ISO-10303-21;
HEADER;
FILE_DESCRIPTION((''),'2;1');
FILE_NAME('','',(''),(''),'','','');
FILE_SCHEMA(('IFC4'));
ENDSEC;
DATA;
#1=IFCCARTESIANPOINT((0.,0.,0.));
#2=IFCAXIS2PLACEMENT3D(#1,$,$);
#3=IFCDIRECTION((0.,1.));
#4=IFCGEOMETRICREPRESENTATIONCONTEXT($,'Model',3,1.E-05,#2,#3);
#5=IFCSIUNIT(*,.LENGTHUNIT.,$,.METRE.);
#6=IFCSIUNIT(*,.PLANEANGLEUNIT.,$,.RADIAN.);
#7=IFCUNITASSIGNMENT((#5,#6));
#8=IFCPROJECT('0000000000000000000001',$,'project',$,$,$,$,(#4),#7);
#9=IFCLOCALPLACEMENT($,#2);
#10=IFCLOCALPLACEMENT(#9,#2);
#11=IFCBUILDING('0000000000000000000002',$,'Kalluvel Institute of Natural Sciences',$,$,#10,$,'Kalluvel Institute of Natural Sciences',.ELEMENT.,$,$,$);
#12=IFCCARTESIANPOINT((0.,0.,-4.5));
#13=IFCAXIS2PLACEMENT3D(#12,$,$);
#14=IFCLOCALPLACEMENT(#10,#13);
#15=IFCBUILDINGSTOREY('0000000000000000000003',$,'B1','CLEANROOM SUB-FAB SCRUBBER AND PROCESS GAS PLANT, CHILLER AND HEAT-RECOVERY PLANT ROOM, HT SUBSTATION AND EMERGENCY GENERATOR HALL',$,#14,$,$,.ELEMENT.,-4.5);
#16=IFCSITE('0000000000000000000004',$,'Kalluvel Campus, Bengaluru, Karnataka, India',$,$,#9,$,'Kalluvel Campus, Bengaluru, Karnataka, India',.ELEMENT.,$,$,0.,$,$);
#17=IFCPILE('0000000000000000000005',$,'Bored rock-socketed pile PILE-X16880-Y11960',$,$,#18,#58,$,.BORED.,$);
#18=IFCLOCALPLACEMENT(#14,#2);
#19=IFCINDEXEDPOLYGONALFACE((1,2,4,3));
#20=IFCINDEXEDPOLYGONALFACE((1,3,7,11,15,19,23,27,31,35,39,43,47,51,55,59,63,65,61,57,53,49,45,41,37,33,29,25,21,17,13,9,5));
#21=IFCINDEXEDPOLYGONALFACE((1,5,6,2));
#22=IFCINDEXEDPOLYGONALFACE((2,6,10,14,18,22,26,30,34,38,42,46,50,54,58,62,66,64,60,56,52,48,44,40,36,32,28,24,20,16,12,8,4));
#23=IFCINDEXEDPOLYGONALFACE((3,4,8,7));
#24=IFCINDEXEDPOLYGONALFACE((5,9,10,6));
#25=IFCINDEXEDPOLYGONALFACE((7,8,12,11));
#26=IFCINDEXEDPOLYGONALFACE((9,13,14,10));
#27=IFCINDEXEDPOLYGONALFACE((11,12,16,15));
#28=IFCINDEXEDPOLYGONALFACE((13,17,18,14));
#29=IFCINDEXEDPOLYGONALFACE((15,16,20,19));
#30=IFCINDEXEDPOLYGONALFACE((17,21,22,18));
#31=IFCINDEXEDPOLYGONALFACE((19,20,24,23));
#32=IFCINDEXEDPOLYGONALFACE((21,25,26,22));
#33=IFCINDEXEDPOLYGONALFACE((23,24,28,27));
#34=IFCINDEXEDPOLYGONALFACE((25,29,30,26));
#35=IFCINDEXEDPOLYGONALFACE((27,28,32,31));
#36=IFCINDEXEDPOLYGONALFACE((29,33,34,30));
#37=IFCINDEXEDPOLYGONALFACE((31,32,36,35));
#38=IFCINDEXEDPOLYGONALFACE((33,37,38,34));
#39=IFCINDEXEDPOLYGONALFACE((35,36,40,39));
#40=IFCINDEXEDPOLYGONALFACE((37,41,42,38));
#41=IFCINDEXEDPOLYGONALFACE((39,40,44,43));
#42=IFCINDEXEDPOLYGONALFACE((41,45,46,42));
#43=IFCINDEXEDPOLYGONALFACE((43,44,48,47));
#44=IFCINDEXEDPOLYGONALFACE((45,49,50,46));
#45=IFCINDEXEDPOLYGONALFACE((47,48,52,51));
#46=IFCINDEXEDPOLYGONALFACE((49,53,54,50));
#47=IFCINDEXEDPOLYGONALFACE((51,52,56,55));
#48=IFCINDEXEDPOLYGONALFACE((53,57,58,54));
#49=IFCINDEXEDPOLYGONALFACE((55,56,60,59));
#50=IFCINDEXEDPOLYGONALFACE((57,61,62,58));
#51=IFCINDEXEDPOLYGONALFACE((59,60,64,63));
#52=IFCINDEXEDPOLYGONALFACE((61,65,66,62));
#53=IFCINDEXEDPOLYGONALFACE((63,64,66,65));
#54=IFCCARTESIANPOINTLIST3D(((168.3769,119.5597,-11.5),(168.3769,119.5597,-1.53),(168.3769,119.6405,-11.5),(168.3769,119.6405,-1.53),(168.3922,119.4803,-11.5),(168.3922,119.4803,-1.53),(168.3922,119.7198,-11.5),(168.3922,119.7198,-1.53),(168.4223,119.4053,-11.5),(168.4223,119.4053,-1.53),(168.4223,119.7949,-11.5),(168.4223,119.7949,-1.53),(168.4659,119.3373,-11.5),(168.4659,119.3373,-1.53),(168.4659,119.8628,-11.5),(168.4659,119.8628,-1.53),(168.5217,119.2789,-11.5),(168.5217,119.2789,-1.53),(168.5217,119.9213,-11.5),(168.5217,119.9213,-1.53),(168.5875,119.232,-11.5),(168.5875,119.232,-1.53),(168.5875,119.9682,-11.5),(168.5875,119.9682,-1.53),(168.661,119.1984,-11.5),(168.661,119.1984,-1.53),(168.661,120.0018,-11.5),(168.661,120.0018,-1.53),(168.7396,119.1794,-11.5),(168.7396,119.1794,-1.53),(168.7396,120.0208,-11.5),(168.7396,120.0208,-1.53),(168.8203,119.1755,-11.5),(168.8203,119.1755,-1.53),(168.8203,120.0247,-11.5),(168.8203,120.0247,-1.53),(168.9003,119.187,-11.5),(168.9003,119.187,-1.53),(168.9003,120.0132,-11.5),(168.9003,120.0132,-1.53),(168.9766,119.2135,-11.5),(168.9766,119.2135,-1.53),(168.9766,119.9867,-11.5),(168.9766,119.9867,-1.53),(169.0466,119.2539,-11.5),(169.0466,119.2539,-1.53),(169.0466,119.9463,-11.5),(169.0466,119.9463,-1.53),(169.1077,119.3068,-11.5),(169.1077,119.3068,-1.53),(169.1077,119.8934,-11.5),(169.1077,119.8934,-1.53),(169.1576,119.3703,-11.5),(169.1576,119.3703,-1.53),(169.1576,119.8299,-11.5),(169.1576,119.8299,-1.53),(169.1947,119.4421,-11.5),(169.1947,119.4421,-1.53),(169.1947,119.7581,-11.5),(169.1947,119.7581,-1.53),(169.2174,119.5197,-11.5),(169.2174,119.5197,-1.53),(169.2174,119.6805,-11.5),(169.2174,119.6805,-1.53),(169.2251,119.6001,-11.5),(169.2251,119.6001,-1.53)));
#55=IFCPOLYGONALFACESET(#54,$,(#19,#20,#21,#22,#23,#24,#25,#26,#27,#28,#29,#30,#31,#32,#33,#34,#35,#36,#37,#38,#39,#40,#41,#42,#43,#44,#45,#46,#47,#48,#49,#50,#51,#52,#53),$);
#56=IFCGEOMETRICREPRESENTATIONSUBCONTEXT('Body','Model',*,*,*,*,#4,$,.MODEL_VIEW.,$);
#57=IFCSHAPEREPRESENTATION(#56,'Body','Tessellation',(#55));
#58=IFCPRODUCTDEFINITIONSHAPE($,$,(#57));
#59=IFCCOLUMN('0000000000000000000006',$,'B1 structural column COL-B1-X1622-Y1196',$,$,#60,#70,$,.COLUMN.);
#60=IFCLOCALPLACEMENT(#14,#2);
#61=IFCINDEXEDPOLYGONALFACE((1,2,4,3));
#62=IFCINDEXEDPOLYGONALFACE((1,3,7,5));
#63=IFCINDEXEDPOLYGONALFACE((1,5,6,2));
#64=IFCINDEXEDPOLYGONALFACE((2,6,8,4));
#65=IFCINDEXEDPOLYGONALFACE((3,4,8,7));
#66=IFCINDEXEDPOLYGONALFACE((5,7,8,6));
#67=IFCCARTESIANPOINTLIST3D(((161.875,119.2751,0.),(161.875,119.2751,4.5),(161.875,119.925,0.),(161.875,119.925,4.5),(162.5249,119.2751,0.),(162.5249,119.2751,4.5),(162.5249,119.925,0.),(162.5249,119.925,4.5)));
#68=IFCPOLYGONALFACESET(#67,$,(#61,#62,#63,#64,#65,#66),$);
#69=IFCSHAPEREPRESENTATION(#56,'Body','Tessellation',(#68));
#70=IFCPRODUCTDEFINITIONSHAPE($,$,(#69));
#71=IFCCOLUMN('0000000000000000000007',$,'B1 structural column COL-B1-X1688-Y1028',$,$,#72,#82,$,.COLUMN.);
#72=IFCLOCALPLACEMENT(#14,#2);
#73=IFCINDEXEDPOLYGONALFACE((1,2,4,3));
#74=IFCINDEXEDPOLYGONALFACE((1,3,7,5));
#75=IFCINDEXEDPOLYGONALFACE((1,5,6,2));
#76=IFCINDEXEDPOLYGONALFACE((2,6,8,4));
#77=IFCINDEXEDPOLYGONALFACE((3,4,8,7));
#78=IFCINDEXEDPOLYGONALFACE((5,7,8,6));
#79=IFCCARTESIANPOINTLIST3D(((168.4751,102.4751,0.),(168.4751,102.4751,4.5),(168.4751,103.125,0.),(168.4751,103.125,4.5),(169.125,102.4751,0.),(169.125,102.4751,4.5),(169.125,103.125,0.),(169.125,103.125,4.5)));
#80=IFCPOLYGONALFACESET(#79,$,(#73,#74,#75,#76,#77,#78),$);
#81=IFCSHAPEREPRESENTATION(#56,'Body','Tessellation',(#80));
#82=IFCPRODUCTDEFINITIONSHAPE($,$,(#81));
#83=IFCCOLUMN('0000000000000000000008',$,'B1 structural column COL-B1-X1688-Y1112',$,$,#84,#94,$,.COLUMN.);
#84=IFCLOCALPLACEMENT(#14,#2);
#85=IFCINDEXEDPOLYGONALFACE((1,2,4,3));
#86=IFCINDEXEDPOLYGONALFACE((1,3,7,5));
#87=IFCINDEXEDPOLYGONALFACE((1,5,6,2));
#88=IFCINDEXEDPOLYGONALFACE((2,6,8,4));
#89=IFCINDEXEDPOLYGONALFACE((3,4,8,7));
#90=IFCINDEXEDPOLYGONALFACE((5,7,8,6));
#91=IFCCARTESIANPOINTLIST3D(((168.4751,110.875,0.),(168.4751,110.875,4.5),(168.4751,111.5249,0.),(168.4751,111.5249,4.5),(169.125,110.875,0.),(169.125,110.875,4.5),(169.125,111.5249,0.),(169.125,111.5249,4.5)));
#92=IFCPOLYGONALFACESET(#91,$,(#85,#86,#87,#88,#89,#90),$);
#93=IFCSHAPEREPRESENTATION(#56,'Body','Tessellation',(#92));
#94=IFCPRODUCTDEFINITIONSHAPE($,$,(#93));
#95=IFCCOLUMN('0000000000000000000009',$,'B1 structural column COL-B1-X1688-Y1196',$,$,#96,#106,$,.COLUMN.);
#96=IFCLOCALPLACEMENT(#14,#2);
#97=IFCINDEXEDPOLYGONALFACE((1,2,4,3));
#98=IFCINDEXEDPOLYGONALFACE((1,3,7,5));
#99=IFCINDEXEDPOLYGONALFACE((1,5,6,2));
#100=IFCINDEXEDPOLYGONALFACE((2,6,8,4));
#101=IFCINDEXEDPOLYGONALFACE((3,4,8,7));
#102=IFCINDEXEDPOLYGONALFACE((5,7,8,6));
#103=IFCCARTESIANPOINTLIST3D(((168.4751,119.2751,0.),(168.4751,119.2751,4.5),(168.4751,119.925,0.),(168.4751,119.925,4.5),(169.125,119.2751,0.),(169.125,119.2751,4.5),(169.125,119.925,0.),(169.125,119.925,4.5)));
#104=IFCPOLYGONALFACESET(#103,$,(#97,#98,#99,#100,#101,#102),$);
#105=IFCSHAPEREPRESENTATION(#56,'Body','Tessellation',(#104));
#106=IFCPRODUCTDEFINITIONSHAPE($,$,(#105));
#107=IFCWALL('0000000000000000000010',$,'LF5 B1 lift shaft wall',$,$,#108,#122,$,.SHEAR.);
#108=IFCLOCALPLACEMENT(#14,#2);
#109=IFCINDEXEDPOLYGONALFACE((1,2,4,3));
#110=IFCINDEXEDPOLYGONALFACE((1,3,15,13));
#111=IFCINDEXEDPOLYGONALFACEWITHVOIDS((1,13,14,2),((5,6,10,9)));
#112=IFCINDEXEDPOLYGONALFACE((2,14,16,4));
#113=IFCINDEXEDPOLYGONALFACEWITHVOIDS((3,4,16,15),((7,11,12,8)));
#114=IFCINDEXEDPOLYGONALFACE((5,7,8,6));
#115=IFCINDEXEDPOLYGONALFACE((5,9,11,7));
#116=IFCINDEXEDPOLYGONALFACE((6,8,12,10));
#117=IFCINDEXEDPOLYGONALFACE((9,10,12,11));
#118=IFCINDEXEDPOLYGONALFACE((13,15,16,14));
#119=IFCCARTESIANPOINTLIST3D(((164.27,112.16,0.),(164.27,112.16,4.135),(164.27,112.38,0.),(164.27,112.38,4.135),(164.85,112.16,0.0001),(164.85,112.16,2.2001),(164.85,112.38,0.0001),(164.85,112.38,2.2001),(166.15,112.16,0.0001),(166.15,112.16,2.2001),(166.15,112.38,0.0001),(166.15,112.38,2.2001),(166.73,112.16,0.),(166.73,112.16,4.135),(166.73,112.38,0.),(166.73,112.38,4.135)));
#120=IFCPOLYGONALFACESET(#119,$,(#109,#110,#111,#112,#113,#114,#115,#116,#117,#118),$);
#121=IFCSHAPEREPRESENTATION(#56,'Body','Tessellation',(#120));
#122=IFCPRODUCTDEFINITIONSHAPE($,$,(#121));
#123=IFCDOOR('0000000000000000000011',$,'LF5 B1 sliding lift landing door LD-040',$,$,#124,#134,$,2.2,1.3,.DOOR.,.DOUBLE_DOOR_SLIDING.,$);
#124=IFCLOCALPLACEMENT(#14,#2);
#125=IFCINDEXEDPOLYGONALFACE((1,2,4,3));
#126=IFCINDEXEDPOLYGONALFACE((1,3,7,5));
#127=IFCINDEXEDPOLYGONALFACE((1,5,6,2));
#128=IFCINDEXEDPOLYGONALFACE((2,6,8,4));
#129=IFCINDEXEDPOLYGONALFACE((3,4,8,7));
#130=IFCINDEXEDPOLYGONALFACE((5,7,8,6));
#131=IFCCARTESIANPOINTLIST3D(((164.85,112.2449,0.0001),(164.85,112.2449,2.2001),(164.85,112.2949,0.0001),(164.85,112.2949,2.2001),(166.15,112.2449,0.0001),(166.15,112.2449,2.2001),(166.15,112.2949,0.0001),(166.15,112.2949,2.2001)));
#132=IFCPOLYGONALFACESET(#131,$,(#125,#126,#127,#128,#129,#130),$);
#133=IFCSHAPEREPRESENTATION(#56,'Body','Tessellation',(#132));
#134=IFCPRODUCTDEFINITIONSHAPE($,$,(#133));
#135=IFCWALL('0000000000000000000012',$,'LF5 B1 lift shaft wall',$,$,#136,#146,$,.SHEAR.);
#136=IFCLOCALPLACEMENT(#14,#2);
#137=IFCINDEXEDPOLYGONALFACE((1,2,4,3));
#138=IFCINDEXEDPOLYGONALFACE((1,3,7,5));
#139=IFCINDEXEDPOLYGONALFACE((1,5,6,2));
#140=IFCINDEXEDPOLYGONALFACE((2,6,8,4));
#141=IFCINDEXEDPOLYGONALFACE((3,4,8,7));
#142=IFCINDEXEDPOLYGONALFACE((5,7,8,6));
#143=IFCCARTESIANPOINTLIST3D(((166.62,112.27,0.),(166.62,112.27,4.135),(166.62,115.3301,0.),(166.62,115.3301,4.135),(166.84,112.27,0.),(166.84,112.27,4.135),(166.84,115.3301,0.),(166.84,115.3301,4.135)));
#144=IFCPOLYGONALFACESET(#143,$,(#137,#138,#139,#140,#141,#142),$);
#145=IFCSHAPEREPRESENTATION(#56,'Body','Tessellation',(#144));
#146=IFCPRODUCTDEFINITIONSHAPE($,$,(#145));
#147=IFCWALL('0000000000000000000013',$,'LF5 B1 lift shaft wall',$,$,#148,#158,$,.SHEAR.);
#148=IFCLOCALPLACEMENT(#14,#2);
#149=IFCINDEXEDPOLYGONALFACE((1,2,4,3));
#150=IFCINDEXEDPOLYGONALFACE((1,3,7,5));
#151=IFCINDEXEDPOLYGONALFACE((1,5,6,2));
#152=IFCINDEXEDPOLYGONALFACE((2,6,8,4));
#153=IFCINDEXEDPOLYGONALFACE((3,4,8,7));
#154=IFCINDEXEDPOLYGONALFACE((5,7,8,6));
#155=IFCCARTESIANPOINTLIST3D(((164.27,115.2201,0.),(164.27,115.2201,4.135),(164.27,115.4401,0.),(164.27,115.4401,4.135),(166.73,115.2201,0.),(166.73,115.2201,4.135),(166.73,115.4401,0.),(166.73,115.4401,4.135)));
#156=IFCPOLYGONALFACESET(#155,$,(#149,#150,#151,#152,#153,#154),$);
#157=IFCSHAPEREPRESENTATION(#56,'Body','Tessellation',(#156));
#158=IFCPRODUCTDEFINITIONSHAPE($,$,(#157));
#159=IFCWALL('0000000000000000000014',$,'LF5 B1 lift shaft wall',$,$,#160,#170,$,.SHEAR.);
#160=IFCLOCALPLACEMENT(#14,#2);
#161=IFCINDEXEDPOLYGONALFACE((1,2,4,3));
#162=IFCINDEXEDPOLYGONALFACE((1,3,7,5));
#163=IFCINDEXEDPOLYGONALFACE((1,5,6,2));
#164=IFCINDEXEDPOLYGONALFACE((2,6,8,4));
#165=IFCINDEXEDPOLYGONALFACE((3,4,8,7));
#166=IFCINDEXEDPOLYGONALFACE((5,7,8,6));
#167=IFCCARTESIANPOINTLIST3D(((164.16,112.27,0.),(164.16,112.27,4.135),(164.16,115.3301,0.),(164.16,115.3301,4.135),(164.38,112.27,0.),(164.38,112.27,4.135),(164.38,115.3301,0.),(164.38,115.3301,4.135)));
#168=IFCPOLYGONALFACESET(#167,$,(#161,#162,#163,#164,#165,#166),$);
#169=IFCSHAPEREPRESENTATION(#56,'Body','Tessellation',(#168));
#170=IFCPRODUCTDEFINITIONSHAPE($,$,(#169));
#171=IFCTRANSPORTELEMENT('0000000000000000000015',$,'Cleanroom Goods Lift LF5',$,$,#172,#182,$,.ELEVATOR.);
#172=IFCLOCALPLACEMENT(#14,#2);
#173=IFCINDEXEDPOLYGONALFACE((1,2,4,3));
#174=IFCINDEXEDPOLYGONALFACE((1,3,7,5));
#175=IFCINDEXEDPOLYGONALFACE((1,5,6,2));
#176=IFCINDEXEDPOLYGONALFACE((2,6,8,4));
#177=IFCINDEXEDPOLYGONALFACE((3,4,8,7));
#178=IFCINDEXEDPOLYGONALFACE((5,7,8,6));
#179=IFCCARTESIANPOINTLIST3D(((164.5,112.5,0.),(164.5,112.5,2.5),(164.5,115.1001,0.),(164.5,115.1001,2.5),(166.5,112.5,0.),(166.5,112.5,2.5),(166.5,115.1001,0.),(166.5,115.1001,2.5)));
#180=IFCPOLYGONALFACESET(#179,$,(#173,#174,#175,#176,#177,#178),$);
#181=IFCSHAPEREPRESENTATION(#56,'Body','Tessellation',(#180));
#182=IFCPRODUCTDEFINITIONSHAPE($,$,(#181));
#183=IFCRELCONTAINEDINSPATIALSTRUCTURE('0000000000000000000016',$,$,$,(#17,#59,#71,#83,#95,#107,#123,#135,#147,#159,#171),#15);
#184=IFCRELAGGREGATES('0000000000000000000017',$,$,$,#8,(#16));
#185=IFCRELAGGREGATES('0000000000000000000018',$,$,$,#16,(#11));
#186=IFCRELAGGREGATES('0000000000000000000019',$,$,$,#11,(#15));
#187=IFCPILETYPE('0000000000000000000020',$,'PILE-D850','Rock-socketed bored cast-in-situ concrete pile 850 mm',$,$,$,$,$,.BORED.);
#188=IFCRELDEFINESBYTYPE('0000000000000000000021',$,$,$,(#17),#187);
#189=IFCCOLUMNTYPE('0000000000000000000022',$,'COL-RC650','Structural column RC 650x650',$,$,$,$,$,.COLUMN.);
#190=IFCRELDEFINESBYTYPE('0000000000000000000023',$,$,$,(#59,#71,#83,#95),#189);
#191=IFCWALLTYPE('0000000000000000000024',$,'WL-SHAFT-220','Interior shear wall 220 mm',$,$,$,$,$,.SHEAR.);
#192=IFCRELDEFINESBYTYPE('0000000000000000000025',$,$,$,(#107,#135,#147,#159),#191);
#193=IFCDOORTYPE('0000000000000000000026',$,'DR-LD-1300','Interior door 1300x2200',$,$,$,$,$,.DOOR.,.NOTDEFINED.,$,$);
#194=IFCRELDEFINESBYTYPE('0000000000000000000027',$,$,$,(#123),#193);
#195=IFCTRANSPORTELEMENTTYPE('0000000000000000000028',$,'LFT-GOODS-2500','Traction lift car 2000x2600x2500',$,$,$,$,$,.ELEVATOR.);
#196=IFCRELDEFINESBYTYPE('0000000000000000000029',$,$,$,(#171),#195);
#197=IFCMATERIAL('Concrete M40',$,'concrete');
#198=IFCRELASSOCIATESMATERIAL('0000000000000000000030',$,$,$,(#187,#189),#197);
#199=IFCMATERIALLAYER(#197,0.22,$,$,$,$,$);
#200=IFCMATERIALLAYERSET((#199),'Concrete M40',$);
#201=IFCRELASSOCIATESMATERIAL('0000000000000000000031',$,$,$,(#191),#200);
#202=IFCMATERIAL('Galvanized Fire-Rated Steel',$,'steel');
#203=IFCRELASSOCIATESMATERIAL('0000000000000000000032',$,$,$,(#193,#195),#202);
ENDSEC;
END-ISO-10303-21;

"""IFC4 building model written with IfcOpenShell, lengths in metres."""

from ifc_helpers import new_model, si_unit, direction, frame, frame_2d, origin, origin_2d, place, context, subcontext, project, spatial, rectangle, circle, extrude, material, layer, layer_set, material_profile, profile_set, type_object, element, fill, save


model = new_model("IFC4")

# Units and contexts
model_context = context("Model", 3, precision=1e-05, world=origin(), true_north=direction((0.0, 1.0)))
body_context = subcontext(model_context, "Body", "Model", "MODEL_VIEW")
ifc_project = project(units=[si_unit("LENGTHUNIT", "METRE"), si_unit("PLANEANGLEUNIT", "RADIAN")], contexts=[model_context])

# Site, building, storey
site_placement = place(None, origin())
site = spatial("IfcSite", under=ifc_project, at=site_placement, Name="Kalluvel Campus, Bengaluru, Karnataka, India", LongName="Kalluvel Campus, Bengaluru, Karnataka, India", CompositionType="ELEMENT", RefElevation=0.0)
building_placement = place(site_placement, origin())
building = spatial("IfcBuilding", under=site, at=building_placement, Name="Kalluvel Institute of Natural Sciences", LongName="Kalluvel Institute of Natural Sciences", CompositionType="ELEMENT")
storey_placement = place(building_placement, frame((0.0, 0.0, -4.5)))
storey = spatial("IfcBuildingStorey", under=building, at=storey_placement, Name="B1", Description="CLEANROOM SUB-FAB SCRUBBER AND PROCESS GAS PLANT, CHILLER AND HEAT-RECOVERY PLANT ROOM, HT SUBSTATION AND EMERGENCY GENERATOR HALL", CompositionType="ELEMENT", Elevation=-4.5)

# Shared definitions
ifc_material_1 = material(Name="Concrete M40", Category="concrete")

# Pile
ifc_material_profile_1 = material_profile(ifc_material_1, circle(Radius=0.425, at=origin_2d()), Name="PILE D850")
ifc_profile_set_1 = profile_set([ifc_material_profile_1], Name="Concrete M40")
pile_type_1 = type_object("IfcPileType", Name="PILE-D850", Description="Rock-socketed bored cast-in-situ concrete pile 850 mm", PredefinedType="BORED", material=ifc_profile_set_1)
pile_1_placement = place(storey_placement, frame((168.8, 119.6001, -1.53), z_axis=(0.0, 0.0, -1.0), x_axis=(1.0, 0.0, 0.0)))
element("IfcPile", 1, at=pile_1_placement, inside=storey, type_object=pile_type_1, Name="Bored rock-socketed pile PILE-X16880-Y11960", PredefinedType="BORED", context=body_context, shape_type="SweptSolid", body=[
    extrude(circle(Radius=0.425, at=origin_2d()), origin(), (0.0, 0.0, 1.0), 9.97),
])

# Columns
ifc_material_profile_2 = material_profile(ifc_material_1, rectangle(XDim=0.6499, YDim=0.6499, at=origin_2d()), Name="RC 650x650")
ifc_profile_set_2 = profile_set([ifc_material_profile_2], Name="Concrete M40")
column_type = type_object("IfcColumnType", Name="COL-RC650", Description="Structural column RC 650x650", PredefinedType="COLUMN", material=ifc_profile_set_2)
for number, where, z_axis, x_axis, name in (
    (2, (162.2, 119.6001, 0.0), (0.0, 0.0, 1.0), (1.0, 0.0, 0.0), "B1 structural column COL-B1-X1622-Y1196"),
    (3, (168.8, 102.8, 0.0), (0.0, 0.0, 1.0), (1.0, 0.0, 0.0), "B1 structural column COL-B1-X1688-Y1028"),
    (4, (168.8, 111.2, 0.0), (0.0, 0.0, 1.0), (1.0, 0.0, 0.0), "B1 structural column COL-B1-X1688-Y1112"),
    (5, (168.8, 119.6001, 0.0), (0.0, 0.0, 1.0), (1.0, 0.0, 0.0), "B1 structural column COL-B1-X1688-Y1196"),
):
    element("IfcColumn", number, at=place(storey_placement, frame(where, z_axis=z_axis, x_axis=x_axis)), inside=storey, type_object=column_type, Name=name, PredefinedType="COLUMN", context=body_context, shape_type="SweptSolid", body=[
        extrude(rectangle(XDim=0.6499, YDim=0.6499, at=origin_2d()), origin(), (0.0, 0.0, 1.0), 4.5),
    ])

# Wall, opening, door
ifc_layer = layer(ifc_material_1, 0.22)
ifc_layer_set = layer_set([ifc_layer], Name="Concrete M40")
wall_type = type_object("IfcWallType", Name="WL-SHAFT-220", Description="Interior shear wall 220 mm", PredefinedType="SHEAR", material=ifc_layer_set)
wall_1_placement = place(storey_placement, frame((164.27, 112.27, 0.0), z_axis=(0.0, 0.0, 1.0), x_axis=(1.0, 0.0, 0.0)))
wall_1 = element("IfcWall", 6, at=wall_1_placement, inside=storey, type_object=wall_type, Name="LF5 B1 lift shaft wall", PredefinedType="SHEAR", context=body_context, shape_type="SweptSolid", body=[
    extrude(rectangle(XDim=2.46, YDim=0.22, at=frame_2d((1.23, 0.0))), origin(), (0.0, 0.0, 1.0), 4.135),
])
opening_placement = place(wall_1_placement, frame((0.5801, 0.0, 0.0)))
opening = element("IfcOpeningElement", 7, at=opening_placement, cuts=wall_1, PredefinedType="OPENING", context=body_context, shape_type="SweptSolid", body=[
    extrude(rectangle(XDim=1.3, YDim=2.2, at=frame_2d((0.6499, 1.1001))), frame((0.0, 0.1199, 0.0), z_axis=(0.0, -1.0, 0.0), x_axis=(1.0, 0.0, 0.0)), (0.0, 0.0, 1.0), 0.24),
])
ifc_material_2 = material(Name="Galvanized Fire-Rated Steel", Category="steel")
door_type = type_object("IfcDoorType", Name="DR-LD-1300", Description="Interior door 1300x2200", OperationType="NOTDEFINED", PredefinedType="DOOR", material=ifc_material_2)
door_placement = place(opening_placement, origin())
door = element("IfcDoor", 8, at=door_placement, inside=storey, type_object=door_type, Name="LF5 B1 sliding lift landing door LD-040", OperationType="DOUBLE_DOOR_SLIDING", OverallHeight=2.2, OverallWidth=1.3, PredefinedType="DOOR", context=body_context, shape_type="SweptSolid", body=[
    extrude(rectangle(XDim=1.3, YDim=2.2, at=frame_2d((0.6499, 1.1001))), frame((0.0, 0.0249, 0.0), z_axis=(0.0, -1.0, 0.0), x_axis=(1.0, 0.0, 0.0)), (0.0, 0.0, 1.0), 0.05),
])
fill(opening, door)

# Walls
wall_2_placement = place(storey_placement, frame((166.73, 112.27, 0.0), z_axis=(0.0, 0.0, 1.0), x_axis=(0.0, 1.0, 0.0)))
element("IfcWall", 9, at=wall_2_placement, inside=storey, type_object=wall_type, Name="LF5 B1 lift shaft wall", PredefinedType="SHEAR", context=body_context, shape_type="SweptSolid", body=[
    extrude(rectangle(XDim=3.0601, YDim=0.22, at=frame_2d((1.53, 0.0))), origin(), (0.0, 0.0, 1.0), 4.135),
])
wall_3_placement = place(storey_placement, frame((166.73, 115.3301, 0.0), z_axis=(0.0, 0.0, 1.0), x_axis=(-1.0, 0.0, 0.0)))
element("IfcWall", 10, at=wall_3_placement, inside=storey, type_object=wall_type, Name="LF5 B1 lift shaft wall", PredefinedType="SHEAR", context=body_context, shape_type="SweptSolid", body=[
    extrude(rectangle(XDim=2.46, YDim=0.22, at=frame_2d((1.23, 0.0))), origin(), (0.0, 0.0, 1.0), 4.135),
])
wall_4_placement = place(storey_placement, frame((164.27, 115.3301, 0.0), z_axis=(0.0, 0.0, 1.0), x_axis=(0.0, -1.0, 0.0)))
element("IfcWall", 11, at=wall_4_placement, inside=storey, type_object=wall_type, Name="LF5 B1 lift shaft wall", PredefinedType="SHEAR", context=body_context, shape_type="SweptSolid", body=[
    extrude(rectangle(XDim=3.0601, YDim=0.22, at=frame_2d((1.53, 0.0))), origin(), (0.0, 0.0, 1.0), 4.135),
])

# Transport element
transport_element_type = type_object("IfcTransportElementType", Name="LFT-GOODS-2500", Description="Traction lift car 2000x2600x2500", PredefinedType="ELEVATOR", material=ifc_material_2)
transport_element_placement = place(storey_placement, frame((165.5, 113.8, 0.0), z_axis=(0.0, 0.0, 1.0), x_axis=(1.0, 0.0, 0.0)))
element("IfcTransportElement", 12, at=transport_element_placement, inside=storey, type_object=transport_element_type, Name="Cleanroom Goods Lift LF5", PredefinedType="ELEVATOR", context=body_context, shape_type="SweptSolid", body=[
    extrude(rectangle(XDim=2.0, YDim=2.6001, at=origin_2d()), origin(), (0.0, 0.0, 1.0), 2.5),
])

save(model, "model.ifc")
